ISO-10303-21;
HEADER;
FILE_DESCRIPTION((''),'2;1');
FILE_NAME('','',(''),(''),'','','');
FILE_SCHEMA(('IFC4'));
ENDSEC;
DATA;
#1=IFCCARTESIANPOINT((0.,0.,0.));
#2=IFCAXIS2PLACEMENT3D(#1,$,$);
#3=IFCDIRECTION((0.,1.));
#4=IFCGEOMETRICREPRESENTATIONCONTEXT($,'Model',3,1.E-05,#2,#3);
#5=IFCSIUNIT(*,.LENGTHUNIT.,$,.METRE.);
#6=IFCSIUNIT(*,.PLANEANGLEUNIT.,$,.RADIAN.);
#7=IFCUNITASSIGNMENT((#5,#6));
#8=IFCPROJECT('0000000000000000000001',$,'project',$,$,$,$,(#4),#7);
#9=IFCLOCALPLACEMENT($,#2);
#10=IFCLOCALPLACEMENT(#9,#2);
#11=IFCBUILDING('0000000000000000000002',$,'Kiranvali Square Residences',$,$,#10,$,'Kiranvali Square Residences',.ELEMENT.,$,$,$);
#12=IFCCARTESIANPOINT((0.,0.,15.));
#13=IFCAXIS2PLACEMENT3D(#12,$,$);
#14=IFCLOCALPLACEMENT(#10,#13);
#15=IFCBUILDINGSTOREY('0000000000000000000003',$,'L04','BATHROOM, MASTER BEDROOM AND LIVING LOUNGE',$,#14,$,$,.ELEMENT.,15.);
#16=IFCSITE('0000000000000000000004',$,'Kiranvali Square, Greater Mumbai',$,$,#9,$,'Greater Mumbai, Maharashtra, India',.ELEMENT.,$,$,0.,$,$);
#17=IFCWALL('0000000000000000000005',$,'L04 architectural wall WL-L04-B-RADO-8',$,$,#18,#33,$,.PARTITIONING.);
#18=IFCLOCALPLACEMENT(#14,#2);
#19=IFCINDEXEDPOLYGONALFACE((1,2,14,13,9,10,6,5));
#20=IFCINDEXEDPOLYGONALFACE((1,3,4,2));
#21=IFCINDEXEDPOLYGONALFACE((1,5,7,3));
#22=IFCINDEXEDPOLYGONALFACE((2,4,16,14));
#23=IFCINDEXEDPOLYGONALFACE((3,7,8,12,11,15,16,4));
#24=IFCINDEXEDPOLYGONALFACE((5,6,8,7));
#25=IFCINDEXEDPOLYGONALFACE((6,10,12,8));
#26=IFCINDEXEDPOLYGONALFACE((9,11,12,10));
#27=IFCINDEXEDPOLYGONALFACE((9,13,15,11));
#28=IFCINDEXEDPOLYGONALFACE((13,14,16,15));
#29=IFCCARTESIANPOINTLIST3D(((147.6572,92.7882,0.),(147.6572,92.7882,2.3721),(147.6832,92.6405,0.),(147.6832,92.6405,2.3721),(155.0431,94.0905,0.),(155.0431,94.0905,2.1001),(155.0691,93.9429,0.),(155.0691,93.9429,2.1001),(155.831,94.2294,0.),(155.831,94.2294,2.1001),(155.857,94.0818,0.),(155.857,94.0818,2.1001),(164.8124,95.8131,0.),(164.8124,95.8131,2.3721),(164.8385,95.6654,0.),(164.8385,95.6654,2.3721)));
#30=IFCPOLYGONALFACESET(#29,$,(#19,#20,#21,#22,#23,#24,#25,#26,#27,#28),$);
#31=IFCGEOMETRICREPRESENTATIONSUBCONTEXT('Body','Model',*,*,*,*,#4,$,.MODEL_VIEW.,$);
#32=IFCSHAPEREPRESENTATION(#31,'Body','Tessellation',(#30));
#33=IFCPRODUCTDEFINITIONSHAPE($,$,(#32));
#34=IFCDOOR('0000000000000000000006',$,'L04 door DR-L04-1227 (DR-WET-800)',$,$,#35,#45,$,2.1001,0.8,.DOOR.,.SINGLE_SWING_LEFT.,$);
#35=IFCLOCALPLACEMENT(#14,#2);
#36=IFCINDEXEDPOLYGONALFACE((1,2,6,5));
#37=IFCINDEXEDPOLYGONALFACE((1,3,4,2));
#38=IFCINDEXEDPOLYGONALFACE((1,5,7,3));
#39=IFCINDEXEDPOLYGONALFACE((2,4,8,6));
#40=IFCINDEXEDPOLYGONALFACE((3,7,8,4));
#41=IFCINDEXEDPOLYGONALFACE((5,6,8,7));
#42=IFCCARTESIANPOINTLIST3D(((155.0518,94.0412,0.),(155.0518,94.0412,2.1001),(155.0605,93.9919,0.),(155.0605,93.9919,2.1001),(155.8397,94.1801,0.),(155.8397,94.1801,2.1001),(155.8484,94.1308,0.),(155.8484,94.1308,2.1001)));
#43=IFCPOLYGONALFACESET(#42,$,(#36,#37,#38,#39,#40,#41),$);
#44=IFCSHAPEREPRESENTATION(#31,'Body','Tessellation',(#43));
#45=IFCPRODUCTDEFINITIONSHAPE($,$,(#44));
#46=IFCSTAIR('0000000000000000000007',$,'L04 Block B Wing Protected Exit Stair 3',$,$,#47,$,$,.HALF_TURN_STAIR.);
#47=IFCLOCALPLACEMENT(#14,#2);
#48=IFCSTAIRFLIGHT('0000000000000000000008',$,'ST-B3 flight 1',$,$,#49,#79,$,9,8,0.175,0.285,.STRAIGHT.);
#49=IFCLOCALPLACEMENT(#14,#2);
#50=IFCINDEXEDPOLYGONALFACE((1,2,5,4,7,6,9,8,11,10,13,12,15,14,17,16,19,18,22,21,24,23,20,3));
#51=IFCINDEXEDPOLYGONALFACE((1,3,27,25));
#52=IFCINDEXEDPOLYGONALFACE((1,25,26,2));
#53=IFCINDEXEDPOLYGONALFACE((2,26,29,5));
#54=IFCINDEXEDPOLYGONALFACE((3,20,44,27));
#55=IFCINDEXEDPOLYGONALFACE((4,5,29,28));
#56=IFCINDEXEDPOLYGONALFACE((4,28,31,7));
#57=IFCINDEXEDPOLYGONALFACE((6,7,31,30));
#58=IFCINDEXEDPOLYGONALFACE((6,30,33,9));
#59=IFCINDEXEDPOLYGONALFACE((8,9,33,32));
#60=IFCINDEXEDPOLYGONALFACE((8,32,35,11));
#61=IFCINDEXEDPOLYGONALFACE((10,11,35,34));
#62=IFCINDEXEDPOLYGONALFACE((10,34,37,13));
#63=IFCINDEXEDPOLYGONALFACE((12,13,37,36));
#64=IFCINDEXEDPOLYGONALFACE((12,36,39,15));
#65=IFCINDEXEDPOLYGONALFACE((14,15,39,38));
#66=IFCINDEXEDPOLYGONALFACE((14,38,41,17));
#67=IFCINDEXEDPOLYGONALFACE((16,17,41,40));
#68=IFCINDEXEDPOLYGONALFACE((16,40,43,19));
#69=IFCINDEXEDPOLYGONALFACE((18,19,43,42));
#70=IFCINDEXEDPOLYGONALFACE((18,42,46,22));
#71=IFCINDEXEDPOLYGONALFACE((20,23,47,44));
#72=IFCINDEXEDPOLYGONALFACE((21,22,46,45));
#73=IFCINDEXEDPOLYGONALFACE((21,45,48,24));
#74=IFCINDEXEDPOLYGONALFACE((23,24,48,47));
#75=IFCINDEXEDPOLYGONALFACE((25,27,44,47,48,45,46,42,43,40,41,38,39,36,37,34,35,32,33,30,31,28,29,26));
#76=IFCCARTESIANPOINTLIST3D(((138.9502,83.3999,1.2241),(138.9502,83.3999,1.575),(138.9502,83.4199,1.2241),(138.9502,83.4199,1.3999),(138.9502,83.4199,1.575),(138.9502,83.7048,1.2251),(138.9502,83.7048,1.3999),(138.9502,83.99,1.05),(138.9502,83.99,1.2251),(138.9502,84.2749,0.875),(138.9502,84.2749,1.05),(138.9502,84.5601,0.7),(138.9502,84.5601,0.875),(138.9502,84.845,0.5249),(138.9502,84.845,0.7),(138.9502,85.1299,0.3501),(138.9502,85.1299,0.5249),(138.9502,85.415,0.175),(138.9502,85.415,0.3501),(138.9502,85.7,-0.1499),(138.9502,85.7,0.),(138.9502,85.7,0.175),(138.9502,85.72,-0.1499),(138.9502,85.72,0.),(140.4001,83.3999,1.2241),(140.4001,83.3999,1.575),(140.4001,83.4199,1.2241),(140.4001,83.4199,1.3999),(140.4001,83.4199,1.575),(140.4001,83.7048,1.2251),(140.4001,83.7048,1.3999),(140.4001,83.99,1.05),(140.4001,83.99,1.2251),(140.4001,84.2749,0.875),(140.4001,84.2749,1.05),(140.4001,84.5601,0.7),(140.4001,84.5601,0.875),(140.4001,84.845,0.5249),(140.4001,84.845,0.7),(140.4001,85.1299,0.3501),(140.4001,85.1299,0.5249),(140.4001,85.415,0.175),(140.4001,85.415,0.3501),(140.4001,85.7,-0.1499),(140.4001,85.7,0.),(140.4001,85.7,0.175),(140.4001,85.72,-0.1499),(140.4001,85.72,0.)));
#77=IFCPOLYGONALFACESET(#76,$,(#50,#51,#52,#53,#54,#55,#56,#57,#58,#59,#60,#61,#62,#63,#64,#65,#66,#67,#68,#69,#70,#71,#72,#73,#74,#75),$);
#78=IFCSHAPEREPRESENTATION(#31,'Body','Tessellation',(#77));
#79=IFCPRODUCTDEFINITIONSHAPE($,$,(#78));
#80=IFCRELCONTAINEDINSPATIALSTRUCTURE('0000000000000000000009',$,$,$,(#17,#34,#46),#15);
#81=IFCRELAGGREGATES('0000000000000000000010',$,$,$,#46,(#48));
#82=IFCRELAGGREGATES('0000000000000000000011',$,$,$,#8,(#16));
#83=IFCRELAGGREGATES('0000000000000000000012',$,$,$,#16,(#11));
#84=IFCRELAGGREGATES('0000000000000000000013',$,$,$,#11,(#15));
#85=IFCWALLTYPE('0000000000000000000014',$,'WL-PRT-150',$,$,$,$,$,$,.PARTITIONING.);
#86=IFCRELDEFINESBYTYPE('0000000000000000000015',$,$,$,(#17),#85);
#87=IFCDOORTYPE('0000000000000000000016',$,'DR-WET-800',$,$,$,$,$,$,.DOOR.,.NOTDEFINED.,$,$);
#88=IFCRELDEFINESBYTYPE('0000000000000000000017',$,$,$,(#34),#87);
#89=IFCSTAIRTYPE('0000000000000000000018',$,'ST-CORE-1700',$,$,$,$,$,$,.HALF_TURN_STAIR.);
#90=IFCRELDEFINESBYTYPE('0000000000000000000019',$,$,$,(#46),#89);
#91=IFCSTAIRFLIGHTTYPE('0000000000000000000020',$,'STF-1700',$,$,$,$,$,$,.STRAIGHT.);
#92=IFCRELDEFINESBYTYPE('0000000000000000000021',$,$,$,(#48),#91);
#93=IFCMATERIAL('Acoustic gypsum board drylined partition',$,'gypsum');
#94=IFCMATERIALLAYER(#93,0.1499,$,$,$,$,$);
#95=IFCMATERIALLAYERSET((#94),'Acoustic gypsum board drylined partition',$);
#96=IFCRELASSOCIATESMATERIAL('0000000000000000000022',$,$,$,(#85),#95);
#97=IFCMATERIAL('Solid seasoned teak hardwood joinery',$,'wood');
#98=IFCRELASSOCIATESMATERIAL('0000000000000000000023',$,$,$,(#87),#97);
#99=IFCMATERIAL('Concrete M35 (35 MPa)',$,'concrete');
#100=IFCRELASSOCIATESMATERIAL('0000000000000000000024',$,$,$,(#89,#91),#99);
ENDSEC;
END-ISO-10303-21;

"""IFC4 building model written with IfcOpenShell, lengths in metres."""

from ifc_helpers import new_model, si_unit, direction, frame, frame_2d, origin, place, context, subcontext, project, spatial, polyline, rectangle, outline, extrude, material, layer, layer_set, type_object, element, fill, aggregate, save


model = new_model("IFC4")

# Units and contexts
model_context = context("Model", 3, precision=1e-05, world=origin(), true_north=direction((0.0, 1.0)))
body_context = subcontext(model_context, "Body", "Model", "MODEL_VIEW")
ifc_project = project(units=[si_unit("LENGTHUNIT", "METRE"), si_unit("PLANEANGLEUNIT", "RADIAN")], contexts=[model_context])

# Site, building, storey
site_placement = place(None, origin())
site = spatial("IfcSite", under=ifc_project, at=site_placement, Name="Kiranvali Square, Greater Mumbai", LongName="Greater Mumbai, Maharashtra, India", CompositionType="ELEMENT", RefElevation=0.0)
building_placement = place(site_placement, origin())
building = spatial("IfcBuilding", under=site, at=building_placement, Name="Kiranvali Square Residences", LongName="Kiranvali Square Residences", CompositionType="ELEMENT")
storey_placement = place(building_placement, frame((0.0, 0.0, 15.0)))
storey = spatial("IfcBuildingStorey", under=building, at=storey_placement, Name="L04", Description="BATHROOM, MASTER BEDROOM AND LIVING LOUNGE", CompositionType="ELEMENT", Elevation=15.0)

# Wall, opening, door
ifc_material_1 = material(Name="Acoustic gypsum board drylined partition", Category="gypsum")
ifc_layer_1 = layer(ifc_material_1, 0.1499)
ifc_layer_set_1 = layer_set([ifc_layer_1], Name="Acoustic gypsum board drylined partition")
wall_type_1 = type_object("IfcWallType", Name="WL-PRT-150", PredefinedType="PARTITIONING", material=ifc_layer_set_1)
wall_1_placement = place(storey_placement, frame((147.6702, 92.7144, 0.0), z_axis=(0.0, 0.0, 1.0), x_axis=(0.984808, 0.173646, 0.0)))
wall_1 = element("IfcWall", 1, at=wall_1_placement, inside=storey, type_object=wall_type_1, Name="L04 architectural wall WL-L04-B-RADO-8", PredefinedType="PARTITIONING", context=body_context, shape_type="SweptSolid", body=[
    extrude(rectangle(XDim=17.4199, YDim=0.1499, at=frame_2d((8.71, 0.0))), origin(), (0.0, 0.0, 1.0), 2.3721),
])
opening_1_placement = place(wall_1_placement, frame((7.5, 0.0, 0.0)))
opening_1 = element("IfcOpeningElement", 2, at=opening_1_placement, cuts=wall_1, PredefinedType="OPENING", context=body_context, shape_type="SweptSolid", body=[
    extrude(rectangle(XDim=0.8, YDim=2.1001, at=frame_2d((0.3999, 1.05))), frame((0.0, 0.085, 0.0), z_axis=(0.0, -1.0, 0.0), x_axis=(1.0, 0.0, 0.0)), (0.0, 0.0, 1.0), 0.1699),
])
ifc_material_2 = material(Name="Solid seasoned teak hardwood joinery", Category="wood")
door_type_1 = type_object("IfcDoorType", Name="DR-WET-800", OperationType="NOTDEFINED", PredefinedType="DOOR", material=ifc_material_2)
door_1_placement = place(opening_1_placement, origin())
door_1 = element("IfcDoor", 3, at=door_1_placement, inside=storey, type_object=door_type_1, Name="L04 door DR-L04-1227 (DR-WET-800)", OperationType="SINGLE_SWING_LEFT", OverallHeight=2.1001, OverallWidth=0.8, PredefinedType="DOOR", context=body_context, shape_type="SweptSolid", body=[
    extrude(rectangle(XDim=0.8, YDim=2.1001, at=frame_2d((0.3999, 1.05))), frame((0.0, 0.0249, 0.0), z_axis=(0.0, -1.0, 0.0), x_axis=(1.0, 0.0, 0.0)), (0.0, 0.0, 1.0), 0.05),
])
fill(opening_1, door_1)

# Stair, stair flight
ifc_material_3 = material(Name="Concrete M35 (35 MPa)", Category="concrete")
stair_type = type_object("IfcStairType", Name="ST-CORE-1700", PredefinedType="HALF_TURN_STAIR", material=ifc_material_3)
stair_placement = place(storey_placement, origin())
stair = element("IfcStair", 4, at=stair_placement, inside=storey, type_object=stair_type, Name="L04 Block B Wing Protected Exit Stair 3", PredefinedType="HALF_TURN_STAIR")
stair_flight_type = type_object("IfcStairFlightType", Name="STF-1700", PredefinedType="STRAIGHT", material=ifc_material_3)
stair_flight_placement = place(storey_placement, frame((139.675, 85.7, 0.0), z_axis=(0.0, 0.0, 1.0), x_axis=(0.0, -1.0, 0.0)))
stair_flight = element("IfcStairFlight", 5, at=stair_flight_placement, type_object=stair_flight_type, Name="ST-B3 flight 1", NumberOfRisers=9, NumberOfTreads=8, PredefinedType="STRAIGHT", RiserHeight=0.175, TreadLength=0.285, context=body_context, shape_type="SweptSolid", body=[
    extrude(outline(polyline([(-0.02, -0.1499), (-0.02, 0.0), (0.0, 0.0), (0.0, 0.175), (0.2849, 0.175), (0.2849, 0.3501), (0.5701, 0.3501), (0.5701, 0.5249), (0.855, 0.5249), (0.855, 0.7), (1.1399, 0.7), (1.1399, 0.875), (1.425, 0.875), (1.425, 1.05), (1.71, 1.05), (1.71, 1.2251), (1.9951, 1.2251), (1.9951, 1.3999), (2.28, 1.3999), (2.28, 1.575), (2.3, 1.575), (2.3, 1.2241), (2.28, 1.2241), (0.0, -0.1499), (-0.02, -0.1499)])), frame((0.0, 0.7251, 0.0), z_axis=(0.0, -1.0, 0.0), x_axis=(1.0, 0.0, 0.0)), (0.0, 0.0, 1.0), 1.45),
])
aggregate(stair, [stair_flight])

save(model, "model.ifc")
